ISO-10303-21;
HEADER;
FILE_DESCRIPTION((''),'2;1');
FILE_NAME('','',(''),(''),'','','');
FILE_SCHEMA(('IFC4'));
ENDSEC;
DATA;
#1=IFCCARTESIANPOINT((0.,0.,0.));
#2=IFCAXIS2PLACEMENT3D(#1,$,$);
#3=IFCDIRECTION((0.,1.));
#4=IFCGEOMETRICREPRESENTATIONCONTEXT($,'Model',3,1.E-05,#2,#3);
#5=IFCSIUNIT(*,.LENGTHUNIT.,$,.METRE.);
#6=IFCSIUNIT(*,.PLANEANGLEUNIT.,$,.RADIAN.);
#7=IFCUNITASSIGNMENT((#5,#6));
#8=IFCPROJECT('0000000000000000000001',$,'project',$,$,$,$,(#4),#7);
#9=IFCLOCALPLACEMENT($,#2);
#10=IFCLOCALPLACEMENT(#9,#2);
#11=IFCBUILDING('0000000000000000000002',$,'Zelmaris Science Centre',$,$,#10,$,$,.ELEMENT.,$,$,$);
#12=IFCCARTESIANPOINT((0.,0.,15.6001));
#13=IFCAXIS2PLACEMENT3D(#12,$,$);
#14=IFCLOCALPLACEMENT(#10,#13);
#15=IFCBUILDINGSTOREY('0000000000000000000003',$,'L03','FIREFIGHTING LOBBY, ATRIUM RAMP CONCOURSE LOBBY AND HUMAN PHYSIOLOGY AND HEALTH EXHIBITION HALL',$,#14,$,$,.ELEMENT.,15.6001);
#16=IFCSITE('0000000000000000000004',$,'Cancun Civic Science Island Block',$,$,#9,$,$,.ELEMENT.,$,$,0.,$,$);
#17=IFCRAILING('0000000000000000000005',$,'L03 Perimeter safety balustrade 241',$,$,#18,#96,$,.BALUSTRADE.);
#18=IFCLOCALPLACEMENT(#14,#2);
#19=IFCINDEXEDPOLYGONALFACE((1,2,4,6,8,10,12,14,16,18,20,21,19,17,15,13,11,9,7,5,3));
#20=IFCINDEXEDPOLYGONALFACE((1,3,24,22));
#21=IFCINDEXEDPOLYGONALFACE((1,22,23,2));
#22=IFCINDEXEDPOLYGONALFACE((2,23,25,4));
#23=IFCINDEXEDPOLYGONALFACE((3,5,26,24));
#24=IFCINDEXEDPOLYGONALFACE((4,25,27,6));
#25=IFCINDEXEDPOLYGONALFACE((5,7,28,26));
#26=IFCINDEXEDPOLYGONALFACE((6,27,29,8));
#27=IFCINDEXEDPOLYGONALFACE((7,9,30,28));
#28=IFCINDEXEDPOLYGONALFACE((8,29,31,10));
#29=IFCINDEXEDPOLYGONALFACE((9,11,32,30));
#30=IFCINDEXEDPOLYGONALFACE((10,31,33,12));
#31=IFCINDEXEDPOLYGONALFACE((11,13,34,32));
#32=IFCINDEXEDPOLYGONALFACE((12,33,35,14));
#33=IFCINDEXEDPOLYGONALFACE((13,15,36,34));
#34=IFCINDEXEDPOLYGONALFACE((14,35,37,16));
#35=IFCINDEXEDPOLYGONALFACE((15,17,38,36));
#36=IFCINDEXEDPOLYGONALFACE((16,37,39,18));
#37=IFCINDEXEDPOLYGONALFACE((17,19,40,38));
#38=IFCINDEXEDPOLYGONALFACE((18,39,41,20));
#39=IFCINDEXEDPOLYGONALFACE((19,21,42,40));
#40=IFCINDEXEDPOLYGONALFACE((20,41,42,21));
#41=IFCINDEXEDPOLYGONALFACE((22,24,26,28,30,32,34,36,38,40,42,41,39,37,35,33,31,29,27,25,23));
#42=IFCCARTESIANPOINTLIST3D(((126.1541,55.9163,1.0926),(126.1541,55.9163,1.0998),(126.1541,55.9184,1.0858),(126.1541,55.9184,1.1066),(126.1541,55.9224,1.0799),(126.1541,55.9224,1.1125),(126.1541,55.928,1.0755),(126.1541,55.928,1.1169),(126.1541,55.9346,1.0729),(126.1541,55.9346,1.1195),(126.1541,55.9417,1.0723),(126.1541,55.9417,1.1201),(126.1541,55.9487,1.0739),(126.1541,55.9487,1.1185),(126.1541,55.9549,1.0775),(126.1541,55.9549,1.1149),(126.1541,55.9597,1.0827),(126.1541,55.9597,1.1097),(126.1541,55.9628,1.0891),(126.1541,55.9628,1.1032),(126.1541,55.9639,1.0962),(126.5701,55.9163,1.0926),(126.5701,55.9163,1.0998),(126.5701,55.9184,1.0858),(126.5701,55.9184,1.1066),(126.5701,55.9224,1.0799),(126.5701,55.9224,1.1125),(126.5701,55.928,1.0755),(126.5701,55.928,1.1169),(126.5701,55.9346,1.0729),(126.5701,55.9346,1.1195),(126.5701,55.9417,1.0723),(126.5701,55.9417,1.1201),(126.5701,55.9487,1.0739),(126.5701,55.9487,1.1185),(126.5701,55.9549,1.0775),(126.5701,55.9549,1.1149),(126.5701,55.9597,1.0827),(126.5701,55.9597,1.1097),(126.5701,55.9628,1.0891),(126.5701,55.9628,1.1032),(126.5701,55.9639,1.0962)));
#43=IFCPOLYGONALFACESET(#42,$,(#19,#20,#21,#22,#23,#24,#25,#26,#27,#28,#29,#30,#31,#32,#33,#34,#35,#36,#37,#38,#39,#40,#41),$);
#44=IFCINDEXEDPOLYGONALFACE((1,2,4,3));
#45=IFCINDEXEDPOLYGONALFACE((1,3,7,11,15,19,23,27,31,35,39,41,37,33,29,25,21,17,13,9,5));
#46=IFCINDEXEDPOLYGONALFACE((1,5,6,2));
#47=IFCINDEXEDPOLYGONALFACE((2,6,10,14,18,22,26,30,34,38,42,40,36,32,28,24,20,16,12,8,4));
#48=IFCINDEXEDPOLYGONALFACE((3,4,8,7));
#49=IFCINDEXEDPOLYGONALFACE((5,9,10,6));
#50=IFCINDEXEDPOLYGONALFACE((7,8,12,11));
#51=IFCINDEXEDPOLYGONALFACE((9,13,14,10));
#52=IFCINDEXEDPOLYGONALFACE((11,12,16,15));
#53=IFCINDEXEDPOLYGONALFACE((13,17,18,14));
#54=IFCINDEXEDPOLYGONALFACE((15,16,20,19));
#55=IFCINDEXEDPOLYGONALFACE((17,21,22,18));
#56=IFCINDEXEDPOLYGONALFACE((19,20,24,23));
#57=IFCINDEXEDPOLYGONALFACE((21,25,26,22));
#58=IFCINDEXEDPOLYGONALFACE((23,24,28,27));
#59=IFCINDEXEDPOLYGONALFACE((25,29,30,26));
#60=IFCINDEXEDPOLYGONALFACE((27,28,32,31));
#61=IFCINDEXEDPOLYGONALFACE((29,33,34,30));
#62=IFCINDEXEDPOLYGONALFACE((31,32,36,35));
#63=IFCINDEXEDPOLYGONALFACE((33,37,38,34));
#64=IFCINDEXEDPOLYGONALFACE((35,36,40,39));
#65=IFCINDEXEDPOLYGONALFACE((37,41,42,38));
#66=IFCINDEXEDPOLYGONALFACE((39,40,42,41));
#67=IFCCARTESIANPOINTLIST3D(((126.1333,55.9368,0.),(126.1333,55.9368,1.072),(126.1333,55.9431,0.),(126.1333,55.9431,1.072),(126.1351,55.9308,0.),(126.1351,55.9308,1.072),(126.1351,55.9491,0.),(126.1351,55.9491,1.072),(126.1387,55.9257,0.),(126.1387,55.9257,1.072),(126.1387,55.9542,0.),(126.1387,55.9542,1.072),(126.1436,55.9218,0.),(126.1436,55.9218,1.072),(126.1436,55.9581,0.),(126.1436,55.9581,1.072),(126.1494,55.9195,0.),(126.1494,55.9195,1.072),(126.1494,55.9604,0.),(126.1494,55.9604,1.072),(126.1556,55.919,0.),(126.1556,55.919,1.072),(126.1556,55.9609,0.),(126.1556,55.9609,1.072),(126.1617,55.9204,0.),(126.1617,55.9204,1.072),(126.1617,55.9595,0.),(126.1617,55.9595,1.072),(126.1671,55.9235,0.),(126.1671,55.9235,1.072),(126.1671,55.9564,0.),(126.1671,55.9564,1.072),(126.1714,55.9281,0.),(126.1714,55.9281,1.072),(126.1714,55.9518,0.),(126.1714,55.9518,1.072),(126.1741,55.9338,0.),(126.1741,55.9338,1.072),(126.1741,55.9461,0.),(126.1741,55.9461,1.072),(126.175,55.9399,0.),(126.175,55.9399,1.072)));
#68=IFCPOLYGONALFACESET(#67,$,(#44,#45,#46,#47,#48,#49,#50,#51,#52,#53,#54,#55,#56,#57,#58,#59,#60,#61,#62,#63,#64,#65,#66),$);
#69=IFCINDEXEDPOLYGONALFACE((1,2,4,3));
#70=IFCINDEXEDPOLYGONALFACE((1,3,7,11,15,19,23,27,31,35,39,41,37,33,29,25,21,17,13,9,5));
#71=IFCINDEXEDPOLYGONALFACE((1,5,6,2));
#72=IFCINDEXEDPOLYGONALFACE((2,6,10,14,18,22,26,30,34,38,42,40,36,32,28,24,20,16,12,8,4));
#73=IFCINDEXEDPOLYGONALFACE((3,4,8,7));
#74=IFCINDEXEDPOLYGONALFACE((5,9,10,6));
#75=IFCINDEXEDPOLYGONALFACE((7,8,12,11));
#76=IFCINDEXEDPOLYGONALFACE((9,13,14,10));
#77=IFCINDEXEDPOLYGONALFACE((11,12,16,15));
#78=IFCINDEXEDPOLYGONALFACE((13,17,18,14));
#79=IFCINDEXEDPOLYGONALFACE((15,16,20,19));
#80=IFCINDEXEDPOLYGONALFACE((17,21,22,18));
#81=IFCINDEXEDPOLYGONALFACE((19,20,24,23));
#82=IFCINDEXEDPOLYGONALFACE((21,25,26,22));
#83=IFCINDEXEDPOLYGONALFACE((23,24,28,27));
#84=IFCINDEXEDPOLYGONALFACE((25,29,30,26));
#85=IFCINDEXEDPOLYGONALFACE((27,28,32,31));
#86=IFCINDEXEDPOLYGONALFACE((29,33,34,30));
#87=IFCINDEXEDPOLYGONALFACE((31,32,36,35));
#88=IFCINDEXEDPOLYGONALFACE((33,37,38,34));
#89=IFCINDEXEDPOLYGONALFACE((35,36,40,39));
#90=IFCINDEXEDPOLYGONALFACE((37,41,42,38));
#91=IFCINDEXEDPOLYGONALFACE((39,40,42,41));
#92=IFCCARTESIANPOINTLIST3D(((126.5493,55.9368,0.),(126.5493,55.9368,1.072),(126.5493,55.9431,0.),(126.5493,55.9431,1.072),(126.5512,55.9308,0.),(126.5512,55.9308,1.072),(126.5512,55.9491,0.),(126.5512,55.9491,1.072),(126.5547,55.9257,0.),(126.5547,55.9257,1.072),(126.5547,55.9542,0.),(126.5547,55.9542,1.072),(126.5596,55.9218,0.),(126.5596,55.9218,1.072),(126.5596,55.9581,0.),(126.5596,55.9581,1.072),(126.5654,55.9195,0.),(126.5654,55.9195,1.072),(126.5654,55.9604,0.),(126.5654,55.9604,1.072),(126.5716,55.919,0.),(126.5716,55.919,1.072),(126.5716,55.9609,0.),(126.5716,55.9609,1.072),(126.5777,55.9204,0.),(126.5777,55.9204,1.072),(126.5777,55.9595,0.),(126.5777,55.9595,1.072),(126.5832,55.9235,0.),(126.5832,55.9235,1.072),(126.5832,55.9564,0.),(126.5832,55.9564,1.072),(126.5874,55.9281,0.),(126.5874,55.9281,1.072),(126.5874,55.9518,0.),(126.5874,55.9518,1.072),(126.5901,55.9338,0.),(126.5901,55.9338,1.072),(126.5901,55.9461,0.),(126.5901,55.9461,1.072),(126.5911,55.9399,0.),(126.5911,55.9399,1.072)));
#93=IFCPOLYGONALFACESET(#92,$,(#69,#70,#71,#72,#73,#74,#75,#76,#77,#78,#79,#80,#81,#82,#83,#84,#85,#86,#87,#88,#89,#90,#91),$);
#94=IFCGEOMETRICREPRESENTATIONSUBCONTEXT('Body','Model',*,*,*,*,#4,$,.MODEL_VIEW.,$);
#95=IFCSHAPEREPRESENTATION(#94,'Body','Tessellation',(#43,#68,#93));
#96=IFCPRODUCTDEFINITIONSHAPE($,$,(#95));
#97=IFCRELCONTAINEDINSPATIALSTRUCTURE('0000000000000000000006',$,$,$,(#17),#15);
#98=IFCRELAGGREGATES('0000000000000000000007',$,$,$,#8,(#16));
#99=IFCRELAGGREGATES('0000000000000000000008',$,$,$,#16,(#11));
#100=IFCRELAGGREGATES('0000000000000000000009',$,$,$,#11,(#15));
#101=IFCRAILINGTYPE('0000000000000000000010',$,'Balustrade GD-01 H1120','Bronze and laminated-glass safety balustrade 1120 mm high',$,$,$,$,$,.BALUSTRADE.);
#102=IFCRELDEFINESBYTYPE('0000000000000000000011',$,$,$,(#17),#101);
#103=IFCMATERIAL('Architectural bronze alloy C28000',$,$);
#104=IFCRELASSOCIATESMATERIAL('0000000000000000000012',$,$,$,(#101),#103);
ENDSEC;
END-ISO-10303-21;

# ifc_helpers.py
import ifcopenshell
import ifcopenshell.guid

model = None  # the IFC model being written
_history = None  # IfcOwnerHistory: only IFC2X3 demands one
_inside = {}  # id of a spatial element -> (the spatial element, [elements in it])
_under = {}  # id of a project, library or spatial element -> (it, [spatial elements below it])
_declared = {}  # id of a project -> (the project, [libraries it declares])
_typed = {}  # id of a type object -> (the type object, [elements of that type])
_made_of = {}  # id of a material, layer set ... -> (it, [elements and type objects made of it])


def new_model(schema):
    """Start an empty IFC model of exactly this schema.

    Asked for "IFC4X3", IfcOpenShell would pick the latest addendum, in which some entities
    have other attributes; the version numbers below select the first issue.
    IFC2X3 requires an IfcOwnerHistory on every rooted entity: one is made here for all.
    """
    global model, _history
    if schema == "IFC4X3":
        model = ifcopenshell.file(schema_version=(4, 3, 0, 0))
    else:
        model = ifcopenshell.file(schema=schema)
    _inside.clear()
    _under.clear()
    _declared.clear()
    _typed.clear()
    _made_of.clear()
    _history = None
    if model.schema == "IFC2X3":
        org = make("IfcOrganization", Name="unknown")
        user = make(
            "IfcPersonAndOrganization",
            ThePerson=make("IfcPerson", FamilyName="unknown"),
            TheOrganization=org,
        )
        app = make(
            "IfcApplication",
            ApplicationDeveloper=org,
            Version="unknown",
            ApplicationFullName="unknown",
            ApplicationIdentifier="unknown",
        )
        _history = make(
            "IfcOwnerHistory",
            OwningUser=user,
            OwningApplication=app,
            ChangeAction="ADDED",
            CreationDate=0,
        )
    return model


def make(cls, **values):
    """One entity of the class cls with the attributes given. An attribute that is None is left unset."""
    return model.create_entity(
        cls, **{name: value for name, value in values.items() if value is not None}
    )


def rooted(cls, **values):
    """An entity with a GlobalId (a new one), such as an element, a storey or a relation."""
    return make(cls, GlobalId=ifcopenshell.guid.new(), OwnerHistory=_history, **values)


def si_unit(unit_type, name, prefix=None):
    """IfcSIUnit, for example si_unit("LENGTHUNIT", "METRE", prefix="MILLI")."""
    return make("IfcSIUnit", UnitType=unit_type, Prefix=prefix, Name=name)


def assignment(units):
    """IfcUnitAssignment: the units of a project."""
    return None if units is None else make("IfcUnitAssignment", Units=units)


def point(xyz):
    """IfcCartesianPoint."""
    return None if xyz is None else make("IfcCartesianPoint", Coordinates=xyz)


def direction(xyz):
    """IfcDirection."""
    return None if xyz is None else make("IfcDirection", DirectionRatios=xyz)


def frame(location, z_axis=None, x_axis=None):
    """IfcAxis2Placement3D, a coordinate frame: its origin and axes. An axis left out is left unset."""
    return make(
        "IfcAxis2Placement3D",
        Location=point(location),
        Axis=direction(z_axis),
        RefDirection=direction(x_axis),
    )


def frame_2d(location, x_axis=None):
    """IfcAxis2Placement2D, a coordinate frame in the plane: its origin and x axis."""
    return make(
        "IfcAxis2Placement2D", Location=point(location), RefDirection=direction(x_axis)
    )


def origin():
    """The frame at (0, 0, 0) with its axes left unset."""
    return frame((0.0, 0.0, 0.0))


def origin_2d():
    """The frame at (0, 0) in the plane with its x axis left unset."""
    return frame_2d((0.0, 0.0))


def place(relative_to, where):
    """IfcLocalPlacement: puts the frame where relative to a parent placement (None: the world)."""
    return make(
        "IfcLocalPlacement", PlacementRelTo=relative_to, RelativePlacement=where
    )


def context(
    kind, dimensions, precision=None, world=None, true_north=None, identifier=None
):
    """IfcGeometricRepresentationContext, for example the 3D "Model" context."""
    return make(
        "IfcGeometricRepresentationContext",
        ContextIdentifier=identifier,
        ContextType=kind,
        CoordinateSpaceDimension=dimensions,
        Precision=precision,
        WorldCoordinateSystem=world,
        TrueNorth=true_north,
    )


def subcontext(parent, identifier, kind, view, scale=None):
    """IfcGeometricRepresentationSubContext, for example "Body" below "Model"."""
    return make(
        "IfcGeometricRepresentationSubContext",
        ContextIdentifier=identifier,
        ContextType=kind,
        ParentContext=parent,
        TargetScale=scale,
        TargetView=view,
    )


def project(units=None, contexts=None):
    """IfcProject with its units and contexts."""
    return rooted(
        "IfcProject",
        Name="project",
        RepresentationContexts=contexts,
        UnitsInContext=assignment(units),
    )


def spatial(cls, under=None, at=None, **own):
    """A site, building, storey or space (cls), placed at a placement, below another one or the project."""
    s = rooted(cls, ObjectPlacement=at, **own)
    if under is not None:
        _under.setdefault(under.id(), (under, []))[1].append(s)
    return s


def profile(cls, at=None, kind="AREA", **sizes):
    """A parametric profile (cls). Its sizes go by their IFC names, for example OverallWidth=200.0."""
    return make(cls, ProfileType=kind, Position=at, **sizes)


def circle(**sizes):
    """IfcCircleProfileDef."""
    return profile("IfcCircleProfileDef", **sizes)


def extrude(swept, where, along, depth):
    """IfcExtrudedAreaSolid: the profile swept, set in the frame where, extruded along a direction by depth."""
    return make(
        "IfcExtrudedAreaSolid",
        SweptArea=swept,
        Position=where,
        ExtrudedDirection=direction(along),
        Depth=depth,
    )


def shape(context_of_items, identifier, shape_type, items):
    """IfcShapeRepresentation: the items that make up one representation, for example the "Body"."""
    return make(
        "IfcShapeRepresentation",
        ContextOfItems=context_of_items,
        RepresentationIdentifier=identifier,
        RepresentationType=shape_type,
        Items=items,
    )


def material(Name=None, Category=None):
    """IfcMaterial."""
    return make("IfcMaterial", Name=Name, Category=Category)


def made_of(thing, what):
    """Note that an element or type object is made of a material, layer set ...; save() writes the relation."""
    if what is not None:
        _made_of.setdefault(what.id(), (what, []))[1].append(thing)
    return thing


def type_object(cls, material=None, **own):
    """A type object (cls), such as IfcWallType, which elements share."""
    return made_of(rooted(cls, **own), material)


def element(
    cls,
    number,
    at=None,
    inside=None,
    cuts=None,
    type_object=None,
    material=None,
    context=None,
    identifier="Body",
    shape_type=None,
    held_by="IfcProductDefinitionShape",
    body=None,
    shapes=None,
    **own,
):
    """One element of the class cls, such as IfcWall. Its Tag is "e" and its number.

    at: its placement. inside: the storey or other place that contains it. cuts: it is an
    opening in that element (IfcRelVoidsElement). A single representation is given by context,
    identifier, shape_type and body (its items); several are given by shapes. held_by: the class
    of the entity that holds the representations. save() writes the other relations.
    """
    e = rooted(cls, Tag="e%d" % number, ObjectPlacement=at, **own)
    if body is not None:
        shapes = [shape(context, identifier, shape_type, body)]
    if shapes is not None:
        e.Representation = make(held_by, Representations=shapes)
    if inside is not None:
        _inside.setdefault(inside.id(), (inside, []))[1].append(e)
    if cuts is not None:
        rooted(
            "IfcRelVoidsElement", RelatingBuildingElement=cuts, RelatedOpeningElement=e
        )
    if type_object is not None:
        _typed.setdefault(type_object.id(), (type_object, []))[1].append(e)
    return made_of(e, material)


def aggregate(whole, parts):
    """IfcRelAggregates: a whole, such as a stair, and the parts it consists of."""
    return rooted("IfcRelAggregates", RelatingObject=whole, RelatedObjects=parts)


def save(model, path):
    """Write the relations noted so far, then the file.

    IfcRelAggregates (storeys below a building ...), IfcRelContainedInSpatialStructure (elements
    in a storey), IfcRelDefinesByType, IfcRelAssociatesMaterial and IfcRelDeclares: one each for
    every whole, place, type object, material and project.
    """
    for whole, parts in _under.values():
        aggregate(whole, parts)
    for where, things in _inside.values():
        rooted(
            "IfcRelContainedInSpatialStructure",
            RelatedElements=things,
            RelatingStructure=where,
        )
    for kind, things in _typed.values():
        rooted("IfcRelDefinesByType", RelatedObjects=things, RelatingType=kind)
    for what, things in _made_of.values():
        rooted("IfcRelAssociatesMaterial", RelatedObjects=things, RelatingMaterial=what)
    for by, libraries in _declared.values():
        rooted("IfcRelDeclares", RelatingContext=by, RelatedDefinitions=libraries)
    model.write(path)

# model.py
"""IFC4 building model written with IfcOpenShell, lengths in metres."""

from ifc_helpers import new_model, si_unit, direction, frame, origin, origin_2d, place, context, subcontext, project, spatial, circle, extrude, material, type_object, element, save


model = new_model("IFC4")

# Units and contexts
model_context = context("Model", 3, precision=1e-05, world=origin(), true_north=direction((0.0, 1.0)))
body_context = subcontext(model_context, "Body", "Model", "MODEL_VIEW")
ifc_project = project(units=[si_unit("LENGTHUNIT", "METRE"), si_unit("PLANEANGLEUNIT", "RADIAN")], contexts=[model_context])

# Site, building, storey
site_placement = place(None, origin())
site = spatial("IfcSite", under=ifc_project, at=site_placement, Name="Cancun Civic Science Island Block", CompositionType="ELEMENT", RefElevation=0.0)
building_placement = place(site_placement, origin())
building = spatial("IfcBuilding", under=site, at=building_placement, Name="Zelmaris Science Centre", CompositionType="ELEMENT")
storey_placement = place(building_placement, frame((0.0, 0.0, 15.6001)))
storey = spatial("IfcBuildingStorey", under=building, at=storey_placement, Name="L03", Description="FIREFIGHTING LOBBY, ATRIUM RAMP CONCOURSE LOBBY AND HUMAN PHYSIOLOGY AND HEALTH EXHIBITION HALL", CompositionType="ELEMENT", Elevation=15.6001)

# Railing
ifc_material_1 = material(Name="Architectural bronze alloy C28000")
railing_type = type_object("IfcRailingType", Name="Balustrade GD-01 H1120", Description="Bronze and laminated-glass safety balustrade 1120 mm high", PredefinedType="BALUSTRADE", material=ifc_material_1)
railing_1_placement = place(storey_placement, frame((126.1541, 55.9399, 0.0)))
element("IfcRailing", 1, at=railing_1_placement, inside=storey, type_object=railing_type, Name="L03 Perimeter safety balustrade 241", PredefinedType="BALUSTRADE", context=body_context, shape_type="SweptSolid", body=[
    extrude(circle(Radius=0.0239, at=origin_2d()), frame((0.0, 0.0, 1.0962), z_axis=(1.0, 0.0, 0.0), x_axis=(0.0, 1.0, 0.0)), (0.0, 0.0, 1.0), 0.416),
    extrude(circle(Radius=0.021, at=origin_2d()), origin(), (0.0, 0.0, 1.0), 1.072),
    extrude(circle(Radius=0.021, at=origin_2d()), frame((0.416, 0.0, 0.0)), (0.0, 0.0, 1.0), 1.072),
])

save(model, "model.ifc")
